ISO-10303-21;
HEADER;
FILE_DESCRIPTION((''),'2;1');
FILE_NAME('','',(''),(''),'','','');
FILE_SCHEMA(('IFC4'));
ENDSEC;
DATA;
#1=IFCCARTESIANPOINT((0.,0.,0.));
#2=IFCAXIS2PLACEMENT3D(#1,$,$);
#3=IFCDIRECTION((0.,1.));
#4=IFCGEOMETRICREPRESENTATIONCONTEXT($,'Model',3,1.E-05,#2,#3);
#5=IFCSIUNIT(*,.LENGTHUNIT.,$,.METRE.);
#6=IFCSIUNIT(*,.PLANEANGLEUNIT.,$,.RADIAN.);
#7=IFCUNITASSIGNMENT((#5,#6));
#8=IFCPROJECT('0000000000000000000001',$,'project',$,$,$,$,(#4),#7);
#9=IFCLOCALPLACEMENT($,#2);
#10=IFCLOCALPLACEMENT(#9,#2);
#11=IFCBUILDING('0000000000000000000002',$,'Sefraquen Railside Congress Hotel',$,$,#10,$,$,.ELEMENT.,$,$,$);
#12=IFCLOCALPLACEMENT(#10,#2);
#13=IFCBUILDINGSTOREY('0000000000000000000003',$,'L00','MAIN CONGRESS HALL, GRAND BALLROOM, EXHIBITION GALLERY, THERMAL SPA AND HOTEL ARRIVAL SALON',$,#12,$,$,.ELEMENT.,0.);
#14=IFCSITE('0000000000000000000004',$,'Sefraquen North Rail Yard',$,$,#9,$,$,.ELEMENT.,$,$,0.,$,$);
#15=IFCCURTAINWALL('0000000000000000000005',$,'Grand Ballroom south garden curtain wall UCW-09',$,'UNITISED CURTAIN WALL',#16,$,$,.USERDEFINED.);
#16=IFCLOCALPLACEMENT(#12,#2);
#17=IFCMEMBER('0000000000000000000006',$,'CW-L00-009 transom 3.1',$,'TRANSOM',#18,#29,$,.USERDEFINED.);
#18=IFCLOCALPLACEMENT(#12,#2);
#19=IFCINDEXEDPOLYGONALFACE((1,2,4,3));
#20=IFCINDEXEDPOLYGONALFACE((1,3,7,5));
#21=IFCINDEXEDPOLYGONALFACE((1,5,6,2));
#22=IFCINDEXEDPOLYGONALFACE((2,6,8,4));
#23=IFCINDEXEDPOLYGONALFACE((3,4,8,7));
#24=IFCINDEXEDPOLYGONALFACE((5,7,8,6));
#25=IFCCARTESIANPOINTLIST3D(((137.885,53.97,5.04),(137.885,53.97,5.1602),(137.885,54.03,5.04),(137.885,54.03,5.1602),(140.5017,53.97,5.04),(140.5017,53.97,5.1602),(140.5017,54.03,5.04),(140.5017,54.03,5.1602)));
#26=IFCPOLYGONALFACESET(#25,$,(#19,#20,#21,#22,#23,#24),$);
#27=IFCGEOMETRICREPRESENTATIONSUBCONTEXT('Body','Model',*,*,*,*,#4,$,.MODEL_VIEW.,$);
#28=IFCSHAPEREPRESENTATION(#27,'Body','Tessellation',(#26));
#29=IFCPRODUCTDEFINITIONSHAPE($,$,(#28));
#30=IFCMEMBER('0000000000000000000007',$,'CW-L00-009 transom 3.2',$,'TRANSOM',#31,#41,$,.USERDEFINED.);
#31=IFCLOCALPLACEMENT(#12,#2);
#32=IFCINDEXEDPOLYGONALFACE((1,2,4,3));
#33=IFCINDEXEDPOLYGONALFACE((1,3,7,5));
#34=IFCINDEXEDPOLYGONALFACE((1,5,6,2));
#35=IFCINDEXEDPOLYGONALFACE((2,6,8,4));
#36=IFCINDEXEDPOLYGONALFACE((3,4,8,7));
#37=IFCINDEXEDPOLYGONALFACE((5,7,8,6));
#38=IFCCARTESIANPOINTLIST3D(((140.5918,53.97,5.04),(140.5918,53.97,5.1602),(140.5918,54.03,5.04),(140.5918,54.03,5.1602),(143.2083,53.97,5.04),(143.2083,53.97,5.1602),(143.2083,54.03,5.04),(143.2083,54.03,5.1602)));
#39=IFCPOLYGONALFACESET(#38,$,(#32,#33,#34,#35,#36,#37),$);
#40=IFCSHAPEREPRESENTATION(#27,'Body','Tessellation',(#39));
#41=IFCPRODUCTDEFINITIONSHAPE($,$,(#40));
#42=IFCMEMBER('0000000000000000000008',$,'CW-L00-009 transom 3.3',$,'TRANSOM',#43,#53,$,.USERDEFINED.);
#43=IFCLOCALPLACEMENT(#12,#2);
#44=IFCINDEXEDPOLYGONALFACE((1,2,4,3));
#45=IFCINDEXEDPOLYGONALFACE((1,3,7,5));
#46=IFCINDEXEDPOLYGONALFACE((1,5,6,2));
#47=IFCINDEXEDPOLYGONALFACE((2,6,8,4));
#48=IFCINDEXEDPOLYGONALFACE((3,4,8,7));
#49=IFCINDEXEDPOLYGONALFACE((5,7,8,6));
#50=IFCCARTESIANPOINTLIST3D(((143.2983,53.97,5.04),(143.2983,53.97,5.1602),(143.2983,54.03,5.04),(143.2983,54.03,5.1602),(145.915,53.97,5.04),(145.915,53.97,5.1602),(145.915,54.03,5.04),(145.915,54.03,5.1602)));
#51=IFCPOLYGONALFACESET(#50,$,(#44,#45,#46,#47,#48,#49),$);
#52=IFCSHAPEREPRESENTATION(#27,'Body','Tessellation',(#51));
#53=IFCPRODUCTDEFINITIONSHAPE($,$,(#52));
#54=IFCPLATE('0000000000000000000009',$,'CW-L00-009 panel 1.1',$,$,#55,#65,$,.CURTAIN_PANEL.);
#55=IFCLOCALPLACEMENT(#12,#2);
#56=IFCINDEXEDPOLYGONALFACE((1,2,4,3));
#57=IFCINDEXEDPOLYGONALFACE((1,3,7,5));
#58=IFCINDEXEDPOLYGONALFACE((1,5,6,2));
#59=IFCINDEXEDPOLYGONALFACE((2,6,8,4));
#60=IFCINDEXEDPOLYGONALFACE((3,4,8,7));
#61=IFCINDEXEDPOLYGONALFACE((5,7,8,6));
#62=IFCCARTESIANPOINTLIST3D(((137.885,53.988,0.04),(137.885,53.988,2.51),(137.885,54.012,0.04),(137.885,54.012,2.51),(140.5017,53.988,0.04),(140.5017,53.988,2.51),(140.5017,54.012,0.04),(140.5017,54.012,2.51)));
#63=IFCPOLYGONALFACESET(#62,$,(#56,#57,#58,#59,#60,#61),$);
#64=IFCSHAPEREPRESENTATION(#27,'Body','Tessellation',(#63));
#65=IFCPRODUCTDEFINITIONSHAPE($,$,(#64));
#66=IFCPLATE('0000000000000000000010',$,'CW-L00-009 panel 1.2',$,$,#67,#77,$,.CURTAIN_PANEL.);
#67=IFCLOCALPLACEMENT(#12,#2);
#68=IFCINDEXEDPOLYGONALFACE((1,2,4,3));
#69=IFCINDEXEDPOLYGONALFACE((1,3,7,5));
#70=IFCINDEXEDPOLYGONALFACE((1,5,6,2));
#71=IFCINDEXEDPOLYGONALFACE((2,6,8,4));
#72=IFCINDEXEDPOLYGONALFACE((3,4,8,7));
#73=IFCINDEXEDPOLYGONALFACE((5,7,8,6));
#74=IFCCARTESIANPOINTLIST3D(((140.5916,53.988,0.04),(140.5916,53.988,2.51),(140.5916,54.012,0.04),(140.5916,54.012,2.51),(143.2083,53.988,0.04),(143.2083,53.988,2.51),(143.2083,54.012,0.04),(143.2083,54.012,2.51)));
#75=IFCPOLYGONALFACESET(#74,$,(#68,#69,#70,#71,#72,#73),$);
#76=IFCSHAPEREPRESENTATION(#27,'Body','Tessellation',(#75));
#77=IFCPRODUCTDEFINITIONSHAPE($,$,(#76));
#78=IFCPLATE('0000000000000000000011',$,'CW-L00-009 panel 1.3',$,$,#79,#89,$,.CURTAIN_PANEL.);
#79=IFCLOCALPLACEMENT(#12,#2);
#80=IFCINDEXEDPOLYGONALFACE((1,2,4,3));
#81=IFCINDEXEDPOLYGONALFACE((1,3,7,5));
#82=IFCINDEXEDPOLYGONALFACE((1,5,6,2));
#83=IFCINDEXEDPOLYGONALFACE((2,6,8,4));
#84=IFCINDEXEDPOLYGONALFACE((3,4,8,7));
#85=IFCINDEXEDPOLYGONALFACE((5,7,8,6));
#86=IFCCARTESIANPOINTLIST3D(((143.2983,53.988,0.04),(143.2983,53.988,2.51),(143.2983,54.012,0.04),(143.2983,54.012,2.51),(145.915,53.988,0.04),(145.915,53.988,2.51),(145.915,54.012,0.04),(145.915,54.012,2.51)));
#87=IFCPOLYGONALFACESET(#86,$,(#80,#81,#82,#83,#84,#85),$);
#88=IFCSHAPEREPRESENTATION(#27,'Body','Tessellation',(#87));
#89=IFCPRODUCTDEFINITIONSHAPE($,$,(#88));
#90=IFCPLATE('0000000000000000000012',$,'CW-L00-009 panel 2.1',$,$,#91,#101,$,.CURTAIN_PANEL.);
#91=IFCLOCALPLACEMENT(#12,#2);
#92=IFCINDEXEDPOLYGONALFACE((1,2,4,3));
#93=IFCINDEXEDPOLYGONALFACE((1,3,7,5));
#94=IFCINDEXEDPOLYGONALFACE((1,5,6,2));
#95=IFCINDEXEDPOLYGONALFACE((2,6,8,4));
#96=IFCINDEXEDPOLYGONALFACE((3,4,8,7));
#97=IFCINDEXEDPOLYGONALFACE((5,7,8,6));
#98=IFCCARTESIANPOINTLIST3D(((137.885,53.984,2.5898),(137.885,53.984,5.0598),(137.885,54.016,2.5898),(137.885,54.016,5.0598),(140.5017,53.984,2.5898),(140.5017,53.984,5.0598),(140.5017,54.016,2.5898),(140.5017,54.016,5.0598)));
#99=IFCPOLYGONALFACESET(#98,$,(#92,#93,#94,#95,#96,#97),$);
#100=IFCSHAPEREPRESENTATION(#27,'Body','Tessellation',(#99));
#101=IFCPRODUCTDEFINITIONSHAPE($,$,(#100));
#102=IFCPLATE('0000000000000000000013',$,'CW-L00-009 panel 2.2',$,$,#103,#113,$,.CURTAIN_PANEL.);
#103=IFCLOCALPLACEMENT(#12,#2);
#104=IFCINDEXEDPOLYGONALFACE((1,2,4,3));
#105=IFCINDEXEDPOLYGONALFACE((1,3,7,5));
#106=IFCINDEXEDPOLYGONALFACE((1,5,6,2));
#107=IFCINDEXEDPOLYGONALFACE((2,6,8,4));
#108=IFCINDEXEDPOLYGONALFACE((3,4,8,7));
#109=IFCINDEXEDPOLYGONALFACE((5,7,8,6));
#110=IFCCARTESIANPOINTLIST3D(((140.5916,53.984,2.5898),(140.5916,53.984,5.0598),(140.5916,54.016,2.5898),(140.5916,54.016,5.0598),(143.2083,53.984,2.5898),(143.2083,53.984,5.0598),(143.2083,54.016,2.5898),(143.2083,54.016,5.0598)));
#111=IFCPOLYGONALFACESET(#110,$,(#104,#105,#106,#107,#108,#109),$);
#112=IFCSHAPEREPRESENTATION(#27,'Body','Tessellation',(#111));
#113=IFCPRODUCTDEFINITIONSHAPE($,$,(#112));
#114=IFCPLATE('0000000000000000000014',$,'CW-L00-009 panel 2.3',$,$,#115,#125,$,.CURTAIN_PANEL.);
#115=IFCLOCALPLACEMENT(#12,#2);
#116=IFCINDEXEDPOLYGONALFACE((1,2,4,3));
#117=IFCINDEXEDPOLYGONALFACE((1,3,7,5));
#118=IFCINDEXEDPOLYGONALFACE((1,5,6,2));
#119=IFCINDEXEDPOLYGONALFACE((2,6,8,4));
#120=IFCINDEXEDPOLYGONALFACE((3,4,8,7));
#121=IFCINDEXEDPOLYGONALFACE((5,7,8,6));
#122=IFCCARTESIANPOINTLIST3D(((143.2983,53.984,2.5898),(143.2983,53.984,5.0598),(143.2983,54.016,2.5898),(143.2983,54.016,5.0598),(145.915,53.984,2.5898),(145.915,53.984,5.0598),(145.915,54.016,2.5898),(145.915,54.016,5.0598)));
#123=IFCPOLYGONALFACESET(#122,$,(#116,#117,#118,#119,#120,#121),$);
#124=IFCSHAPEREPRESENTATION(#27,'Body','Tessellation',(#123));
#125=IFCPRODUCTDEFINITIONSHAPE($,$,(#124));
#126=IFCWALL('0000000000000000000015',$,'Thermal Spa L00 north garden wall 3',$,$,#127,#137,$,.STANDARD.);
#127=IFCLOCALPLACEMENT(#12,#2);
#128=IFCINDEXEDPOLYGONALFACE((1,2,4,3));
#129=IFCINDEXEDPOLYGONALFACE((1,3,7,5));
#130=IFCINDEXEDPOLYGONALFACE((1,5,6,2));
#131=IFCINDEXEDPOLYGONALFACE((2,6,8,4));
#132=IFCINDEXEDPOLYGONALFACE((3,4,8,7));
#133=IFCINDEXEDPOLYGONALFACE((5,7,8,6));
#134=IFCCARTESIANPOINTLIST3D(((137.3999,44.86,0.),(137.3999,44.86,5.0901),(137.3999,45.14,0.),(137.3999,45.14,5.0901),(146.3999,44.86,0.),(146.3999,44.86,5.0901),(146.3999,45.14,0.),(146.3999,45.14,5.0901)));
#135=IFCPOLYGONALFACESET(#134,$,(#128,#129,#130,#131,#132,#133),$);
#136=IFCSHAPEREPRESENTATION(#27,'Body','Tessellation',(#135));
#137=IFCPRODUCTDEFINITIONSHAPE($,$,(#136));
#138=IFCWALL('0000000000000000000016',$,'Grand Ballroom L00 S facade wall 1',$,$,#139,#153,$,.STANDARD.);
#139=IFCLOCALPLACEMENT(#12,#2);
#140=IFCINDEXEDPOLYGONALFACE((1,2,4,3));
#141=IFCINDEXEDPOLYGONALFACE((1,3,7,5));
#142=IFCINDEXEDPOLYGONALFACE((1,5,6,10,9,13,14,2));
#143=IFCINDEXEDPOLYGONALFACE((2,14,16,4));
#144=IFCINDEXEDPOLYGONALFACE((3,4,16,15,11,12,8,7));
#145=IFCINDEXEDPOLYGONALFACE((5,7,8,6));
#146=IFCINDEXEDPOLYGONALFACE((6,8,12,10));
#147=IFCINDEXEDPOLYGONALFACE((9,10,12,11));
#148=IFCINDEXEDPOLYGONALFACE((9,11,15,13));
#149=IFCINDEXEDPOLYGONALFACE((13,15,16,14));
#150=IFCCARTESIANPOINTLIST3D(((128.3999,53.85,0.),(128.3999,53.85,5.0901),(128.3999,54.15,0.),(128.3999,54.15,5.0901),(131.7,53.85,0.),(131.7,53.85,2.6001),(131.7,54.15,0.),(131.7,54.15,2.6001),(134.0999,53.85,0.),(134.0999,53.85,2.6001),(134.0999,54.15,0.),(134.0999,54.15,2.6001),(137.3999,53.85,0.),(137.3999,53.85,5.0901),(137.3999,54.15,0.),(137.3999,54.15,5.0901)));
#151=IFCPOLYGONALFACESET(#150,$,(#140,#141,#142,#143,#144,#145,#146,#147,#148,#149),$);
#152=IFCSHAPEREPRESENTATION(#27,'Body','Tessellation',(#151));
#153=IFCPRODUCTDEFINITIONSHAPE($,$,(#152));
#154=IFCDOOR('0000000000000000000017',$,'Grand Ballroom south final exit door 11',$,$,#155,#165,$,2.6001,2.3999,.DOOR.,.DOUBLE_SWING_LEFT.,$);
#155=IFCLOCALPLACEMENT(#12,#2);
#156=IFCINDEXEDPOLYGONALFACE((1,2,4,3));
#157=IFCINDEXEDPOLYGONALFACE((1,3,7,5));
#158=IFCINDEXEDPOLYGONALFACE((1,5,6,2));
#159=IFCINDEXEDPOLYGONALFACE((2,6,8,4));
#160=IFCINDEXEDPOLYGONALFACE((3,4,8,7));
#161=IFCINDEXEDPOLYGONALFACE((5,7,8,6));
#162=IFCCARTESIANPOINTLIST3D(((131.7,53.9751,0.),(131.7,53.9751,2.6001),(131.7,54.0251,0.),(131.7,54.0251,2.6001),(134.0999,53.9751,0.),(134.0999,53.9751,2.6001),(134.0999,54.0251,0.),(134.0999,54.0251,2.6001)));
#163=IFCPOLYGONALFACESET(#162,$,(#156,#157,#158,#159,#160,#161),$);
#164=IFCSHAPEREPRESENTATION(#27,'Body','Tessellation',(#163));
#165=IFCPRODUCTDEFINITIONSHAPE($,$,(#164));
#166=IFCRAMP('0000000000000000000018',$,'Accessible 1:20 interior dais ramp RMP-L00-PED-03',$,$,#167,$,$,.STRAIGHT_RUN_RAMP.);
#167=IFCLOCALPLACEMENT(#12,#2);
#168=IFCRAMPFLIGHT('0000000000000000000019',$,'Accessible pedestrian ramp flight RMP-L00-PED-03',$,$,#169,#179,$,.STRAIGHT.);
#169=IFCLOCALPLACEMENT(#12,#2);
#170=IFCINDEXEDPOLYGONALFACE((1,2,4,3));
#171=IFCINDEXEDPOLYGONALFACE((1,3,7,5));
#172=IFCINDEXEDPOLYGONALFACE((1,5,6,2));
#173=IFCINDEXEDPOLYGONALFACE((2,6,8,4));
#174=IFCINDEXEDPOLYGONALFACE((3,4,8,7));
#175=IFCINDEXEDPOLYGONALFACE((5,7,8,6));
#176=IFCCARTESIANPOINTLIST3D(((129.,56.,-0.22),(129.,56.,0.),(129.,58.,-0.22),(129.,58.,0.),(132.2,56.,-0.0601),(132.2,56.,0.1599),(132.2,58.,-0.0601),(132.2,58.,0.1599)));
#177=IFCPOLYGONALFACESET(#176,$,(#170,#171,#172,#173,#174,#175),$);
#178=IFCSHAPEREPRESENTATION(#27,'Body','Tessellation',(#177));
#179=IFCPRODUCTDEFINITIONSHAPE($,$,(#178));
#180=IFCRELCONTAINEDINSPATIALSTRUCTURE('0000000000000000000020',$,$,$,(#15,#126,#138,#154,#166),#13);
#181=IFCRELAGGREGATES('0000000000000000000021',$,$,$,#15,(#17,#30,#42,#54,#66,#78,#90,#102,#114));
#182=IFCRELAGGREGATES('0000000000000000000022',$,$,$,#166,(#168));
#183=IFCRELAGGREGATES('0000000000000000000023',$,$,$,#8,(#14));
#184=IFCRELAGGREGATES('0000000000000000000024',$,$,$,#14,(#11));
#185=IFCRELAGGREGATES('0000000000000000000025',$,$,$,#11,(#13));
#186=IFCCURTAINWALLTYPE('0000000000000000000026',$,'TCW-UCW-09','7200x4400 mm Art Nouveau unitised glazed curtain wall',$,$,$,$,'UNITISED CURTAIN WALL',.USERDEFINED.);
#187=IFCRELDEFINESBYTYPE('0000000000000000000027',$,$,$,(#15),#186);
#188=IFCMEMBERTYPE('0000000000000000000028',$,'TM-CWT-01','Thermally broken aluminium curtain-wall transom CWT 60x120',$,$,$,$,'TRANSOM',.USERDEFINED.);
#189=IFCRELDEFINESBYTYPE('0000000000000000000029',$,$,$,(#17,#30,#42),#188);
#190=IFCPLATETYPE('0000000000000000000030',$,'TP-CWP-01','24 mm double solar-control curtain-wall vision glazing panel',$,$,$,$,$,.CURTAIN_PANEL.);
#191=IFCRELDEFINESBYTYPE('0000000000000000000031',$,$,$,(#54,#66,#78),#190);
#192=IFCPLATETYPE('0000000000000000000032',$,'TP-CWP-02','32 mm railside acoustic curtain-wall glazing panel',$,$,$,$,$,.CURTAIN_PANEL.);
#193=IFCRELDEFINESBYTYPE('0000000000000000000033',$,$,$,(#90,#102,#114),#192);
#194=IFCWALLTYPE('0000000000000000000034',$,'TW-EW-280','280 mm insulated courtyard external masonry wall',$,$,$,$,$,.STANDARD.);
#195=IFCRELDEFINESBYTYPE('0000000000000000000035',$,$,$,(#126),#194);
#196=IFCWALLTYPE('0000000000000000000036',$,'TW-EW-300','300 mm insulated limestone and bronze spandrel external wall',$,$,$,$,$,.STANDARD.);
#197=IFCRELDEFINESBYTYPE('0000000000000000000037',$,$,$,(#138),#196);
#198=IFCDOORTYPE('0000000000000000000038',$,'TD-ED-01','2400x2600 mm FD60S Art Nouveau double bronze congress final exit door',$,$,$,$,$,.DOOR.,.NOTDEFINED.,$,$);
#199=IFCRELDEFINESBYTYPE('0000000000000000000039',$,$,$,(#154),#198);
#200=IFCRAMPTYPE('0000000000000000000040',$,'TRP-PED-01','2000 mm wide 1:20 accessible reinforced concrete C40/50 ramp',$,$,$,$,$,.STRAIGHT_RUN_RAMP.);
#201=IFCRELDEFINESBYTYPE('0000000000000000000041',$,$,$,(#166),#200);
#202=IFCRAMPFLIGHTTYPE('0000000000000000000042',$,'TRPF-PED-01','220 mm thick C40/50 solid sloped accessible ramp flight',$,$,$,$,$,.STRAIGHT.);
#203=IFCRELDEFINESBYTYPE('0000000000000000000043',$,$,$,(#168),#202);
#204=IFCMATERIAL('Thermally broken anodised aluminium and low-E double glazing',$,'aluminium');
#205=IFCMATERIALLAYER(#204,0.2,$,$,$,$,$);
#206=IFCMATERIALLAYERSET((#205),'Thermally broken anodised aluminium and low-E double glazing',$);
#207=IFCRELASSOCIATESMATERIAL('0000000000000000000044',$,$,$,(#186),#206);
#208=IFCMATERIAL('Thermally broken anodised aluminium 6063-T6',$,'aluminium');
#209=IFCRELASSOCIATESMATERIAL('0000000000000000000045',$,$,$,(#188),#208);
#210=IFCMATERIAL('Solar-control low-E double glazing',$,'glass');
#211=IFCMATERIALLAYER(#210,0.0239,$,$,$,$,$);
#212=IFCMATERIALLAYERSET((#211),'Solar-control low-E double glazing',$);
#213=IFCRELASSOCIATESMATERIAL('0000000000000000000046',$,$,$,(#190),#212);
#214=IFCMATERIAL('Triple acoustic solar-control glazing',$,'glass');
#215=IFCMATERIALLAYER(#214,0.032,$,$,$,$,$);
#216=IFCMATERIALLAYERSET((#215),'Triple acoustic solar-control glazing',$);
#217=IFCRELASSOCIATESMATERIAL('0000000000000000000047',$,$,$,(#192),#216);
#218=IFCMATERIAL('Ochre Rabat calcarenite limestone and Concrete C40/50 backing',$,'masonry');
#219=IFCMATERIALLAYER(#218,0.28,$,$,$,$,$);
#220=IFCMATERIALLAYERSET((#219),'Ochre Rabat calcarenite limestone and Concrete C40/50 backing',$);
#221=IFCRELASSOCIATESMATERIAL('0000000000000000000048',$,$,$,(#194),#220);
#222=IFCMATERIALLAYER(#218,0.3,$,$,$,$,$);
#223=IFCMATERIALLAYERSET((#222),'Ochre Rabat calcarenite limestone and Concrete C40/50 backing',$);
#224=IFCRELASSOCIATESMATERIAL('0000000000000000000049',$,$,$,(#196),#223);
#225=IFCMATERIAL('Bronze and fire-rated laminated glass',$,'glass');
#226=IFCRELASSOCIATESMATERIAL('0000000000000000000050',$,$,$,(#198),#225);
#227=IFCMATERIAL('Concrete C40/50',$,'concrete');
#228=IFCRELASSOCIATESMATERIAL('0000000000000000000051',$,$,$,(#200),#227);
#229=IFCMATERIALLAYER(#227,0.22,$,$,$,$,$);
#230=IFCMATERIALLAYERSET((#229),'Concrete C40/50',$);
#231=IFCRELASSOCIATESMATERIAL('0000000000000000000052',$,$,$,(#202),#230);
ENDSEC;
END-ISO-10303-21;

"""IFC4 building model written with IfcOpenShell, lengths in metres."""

from ifc_helpers import new_model, si_unit, direction, frame, frame_2d, origin, origin_2d, place, context, subcontext, project, spatial, polyline, rectangle, outline, extrude, material, layer, layer_set, material_profile, profile_set, type_object, element, fill, aggregate, save


model = new_model("IFC4")

# Units and contexts
model_context = context("Model", 3, precision=1e-05, world=origin(), true_north=direction((0.0, 1.0)))
body_context = subcontext(model_context, "Body", "Model", "MODEL_VIEW")
ifc_project = project(units=[si_unit("LENGTHUNIT", "METRE"), si_unit("PLANEANGLEUNIT", "RADIAN")], contexts=[model_context])

# Site, building, storey
site_placement = place(None, origin())
site = spatial("IfcSite", under=ifc_project, at=site_placement, Name="Sefraquen North Rail Yard", CompositionType="ELEMENT", RefElevation=0.0)
building_placement = place(site_placement, origin())
building = spatial("IfcBuilding", under=site, at=building_placement, Name="Sefraquen Railside Congress Hotel", CompositionType="ELEMENT")
storey_placement = place(building_placement, origin())
storey = spatial("IfcBuildingStorey", under=building, at=storey_placement, Name="L00", Description="MAIN CONGRESS HALL, GRAND BALLROOM, EXHIBITION GALLERY, THERMAL SPA AND HOTEL ARRIVAL SALON", CompositionType="ELEMENT", Elevation=0.0)

# Curtain wall, members, plates
ifc_material_1 = material(Name="Thermally broken anodised aluminium and low-E double glazing", Category="aluminium")
ifc_layer_1 = layer(ifc_material_1, 0.2)
ifc_layer_set_1 = layer_set([ifc_layer_1], Name="Thermally broken anodised aluminium and low-E double glazing")
curtain_wall_type = type_object("IfcCurtainWallType", Name="TCW-UCW-09", Description="7200x4400 mm Art Nouveau unitised glazed curtain wall", ElementType="UNITISED CURTAIN WALL", PredefinedType="USERDEFINED", material=ifc_layer_set_1)
curtain_wall_placement = place(storey_placement, origin())
curtain_wall = element("IfcCurtainWall", 1, at=curtain_wall_placement, inside=storey, type_object=curtain_wall_type, Name="Grand Ballroom south garden curtain wall UCW-09", ObjectType="UNITISED CURTAIN WALL", PredefinedType="USERDEFINED")
ifc_material_2 = material(Name="Thermally broken anodised aluminium 6063-T6", Category="aluminium")
ifc_material_profile_1 = material_profile(ifc_material_2, rectangle(XDim=0.0601, YDim=0.1201, at=origin_2d()), Name="CWT 60x120")
ifc_profile_set_1 = profile_set([ifc_material_profile_1], Name="Thermally broken anodised aluminium 6063-T6")
member_type_1 = type_object("IfcMemberType", Name="TM-CWT-01", Description="Thermally broken aluminium curtain-wall transom CWT 60x120", ElementType="TRANSOM", PredefinedType="USERDEFINED", material=ifc_profile_set_1)
member_1_placement = place(storey_placement, frame((137.885, 54.0, 5.1001), z_axis=(1.0, 0.0, 0.0), x_axis=(0.0, 1.0, 0.0)))
member_1 = element("IfcMember", 2, at=member_1_placement, type_object=member_type_1, Name="CW-L00-009 transom 3.1", ObjectType="TRANSOM", PredefinedType="USERDEFINED", context=body_context, shape_type="SweptSolid", body=[
    extrude(rectangle(XDim=0.0601, YDim=0.1201, at=origin_2d()), origin(), (0.0, 0.0, 1.0), 2.6167),
])
member_2_placement = place(storey_placement, frame((140.5918, 54.0, 5.1001), z_axis=(1.0, 0.0, 0.0), x_axis=(0.0, 1.0, 0.0)))
member_2 = element("IfcMember", 3, at=member_2_placement, type_object=member_type_1, Name="CW-L00-009 transom 3.2", ObjectType="TRANSOM", PredefinedType="USERDEFINED", context=body_context, shape_type="SweptSolid", body=[
    extrude(rectangle(XDim=0.0601, YDim=0.1201, at=origin_2d()), origin(), (0.0, 0.0, 1.0), 2.6165),
])
member_3_placement = place(storey_placement, frame((143.2983, 54.0, 5.1001), z_axis=(1.0, 0.0, 0.0), x_axis=(0.0, 1.0, 0.0)))
member_3 = element("IfcMember", 4, at=member_3_placement, type_object=member_type_1, Name="CW-L00-009 transom 3.3", ObjectType="TRANSOM", PredefinedType="USERDEFINED", context=body_context, shape_type="SweptSolid", body=[
    extrude(rectangle(XDim=0.0601, YDim=0.1201, at=origin_2d()), origin(), (0.0, 0.0, 1.0), 2.6167),
])
ifc_material_3 = material(Name="Solar-control low-E double glazing", Category="glass")
ifc_layer_2 = layer(ifc_material_3, 0.0239)
ifc_layer_set_2 = layer_set([ifc_layer_2], Name="Solar-control low-E double glazing")
plate_type_1 = type_object("IfcPlateType", Name="TP-CWP-01", Description="24 mm double solar-control curtain-wall vision glazing panel", PredefinedType="CURTAIN_PANEL", material=ifc_layer_set_2)
plate_1_placement = place(storey_placement, frame((139.1934, 54.0, 0.04), z_axis=(0.0, 0.0, 1.0), x_axis=(1.0, 0.0, 0.0)))
plate_1 = element("IfcPlate", 5, at=plate_1_placement, type_object=plate_type_1, Name="CW-L00-009 panel 1.1", PredefinedType="CURTAIN_PANEL", context=body_context, shape_type="SweptSolid", body=[
    extrude(rectangle(XDim=2.6167, YDim=0.0239, at=origin_2d()), origin(), (0.0, 0.0, 1.0), 2.47),
])
plate_2_placement = place(storey_placement, frame((141.8999, 54.0, 0.04), z_axis=(0.0, 0.0, 1.0), x_axis=(1.0, 0.0, 0.0)))
plate_2 = element("IfcPlate", 6, at=plate_2_placement, type_object=plate_type_1, Name="CW-L00-009 panel 1.2", PredefinedType="CURTAIN_PANEL", context=body_context, shape_type="SweptSolid", body=[
    extrude(rectangle(XDim=2.6167, YDim=0.0239, at=origin_2d()), origin(), (0.0, 0.0, 1.0), 2.47),
])
plate_3_placement = place(storey_placement, frame((144.6067, 54.0, 0.04), z_axis=(0.0, 0.0, 1.0), x_axis=(1.0, 0.0, 0.0)))
plate_3 = element("IfcPlate", 7, at=plate_3_placement, type_object=plate_type_1, Name="CW-L00-009 panel 1.3", PredefinedType="CURTAIN_PANEL", context=body_context, shape_type="SweptSolid", body=[
    extrude(rectangle(XDim=2.6167, YDim=0.0239, at=origin_2d()), origin(), (0.0, 0.0, 1.0), 2.47),
])
ifc_material_4 = material(Name="Triple acoustic solar-control glazing", Category="glass")
ifc_layer_3 = layer(ifc_material_4, 0.032)
ifc_layer_set_3 = layer_set([ifc_layer_3], Name="Triple acoustic solar-control glazing")
plate_type_2 = type_object("IfcPlateType", Name="TP-CWP-02", Description="32 mm railside acoustic curtain-wall glazing panel", PredefinedType="CURTAIN_PANEL", material=ifc_layer_set_3)
plate_4_placement = place(storey_placement, frame((139.1934, 54.0, 2.5898), z_axis=(0.0, 0.0, 1.0), x_axis=(1.0, 0.0, 0.0)))
plate_4 = element("IfcPlate", 8, at=plate_4_placement, type_object=plate_type_2, Name="CW-L00-009 panel 2.1", PredefinedType="CURTAIN_PANEL", context=body_context, shape_type="SweptSolid", body=[
    extrude(rectangle(XDim=2.6167, YDim=0.032, at=origin_2d()), origin(), (0.0, 0.0, 1.0), 2.47),
])
plate_5_placement = place(storey_placement, frame((141.8999, 54.0, 2.5898), z_axis=(0.0, 0.0, 1.0), x_axis=(1.0, 0.0, 0.0)))
plate_5 = element("IfcPlate", 9, at=plate_5_placement, type_object=plate_type_2, Name="CW-L00-009 panel 2.2", PredefinedType="CURTAIN_PANEL", context=body_context, shape_type="SweptSolid", body=[
    extrude(rectangle(XDim=2.6167, YDim=0.032, at=origin_2d()), origin(), (0.0, 0.0, 1.0), 2.47),
])
plate_6_placement = place(storey_placement, frame((144.6067, 54.0, 2.5898), z_axis=(0.0, 0.0, 1.0), x_axis=(1.0, 0.0, 0.0)))
plate_6 = element("IfcPlate", 10, at=plate_6_placement, type_object=plate_type_2, Name="CW-L00-009 panel 2.3", PredefinedType="CURTAIN_PANEL", context=body_context, shape_type="SweptSolid", body=[
    extrude(rectangle(XDim=2.6167, YDim=0.032, at=origin_2d()), origin(), (0.0, 0.0, 1.0), 2.47),
])
aggregate(curtain_wall, [member_1, member_2, member_3, plate_1, plate_2, plate_3, plate_4, plate_5, plate_6])

# Wall
ifc_material_5 = material(Name="Ochre Rabat calcarenite limestone and Concrete C40/50 backing", Category="masonry")
ifc_layer_4 = layer(ifc_material_5, 0.28)
ifc_layer_set_4 = layer_set([ifc_layer_4], Name="Ochre Rabat calcarenite limestone and Concrete C40/50 backing")
wall_type_1 = type_object("IfcWallType", Name="TW-EW-280", Description="280 mm insulated courtyard external masonry wall", PredefinedType="STANDARD", material=ifc_layer_set_4)
wall_1_placement = place(storey_placement, frame((137.3999, 45.0, 0.0), z_axis=(0.0, 0.0, 1.0), x_axis=(1.0, 0.0, 0.0)))
element("IfcWall", 11, at=wall_1_placement, inside=storey, type_object=wall_type_1, Name="Thermal Spa L00 north garden wall 3", PredefinedType="STANDARD", context=body_context, shape_type="SweptSolid", body=[
    extrude(rectangle(XDim=9.0, YDim=0.28, at=frame_2d((4.5, 0.0))), origin(), (0.0, 0.0, 1.0), 5.0901),
])

# Wall, opening, door
ifc_layer_5 = layer(ifc_material_5, 0.3)
ifc_layer_set_5 = layer_set([ifc_layer_5], Name="Ochre Rabat calcarenite limestone and Concrete C40/50 backing")
wall_type_2 = type_object("IfcWallType", Name="TW-EW-300", Description="300 mm insulated limestone and bronze spandrel external wall", PredefinedType="STANDARD", material=ifc_layer_set_5)
wall_2_placement = place(storey_placement, frame((128.3999, 54.0, 0.0), z_axis=(0.0, 0.0, 1.0), x_axis=(1.0, 0.0, 0.0)))
wall_2 = element("IfcWall", 12, at=wall_2_placement, inside=storey, type_object=wall_type_2, Name="Grand Ballroom L00 S facade wall 1", PredefinedType="STANDARD", context=body_context, shape_type="SweptSolid", body=[
    extrude(rectangle(XDim=9.0, YDim=0.3, at=frame_2d((4.5, 0.0))), origin(), (0.0, 0.0, 1.0), 5.0901),
])
opening_placement = place(wall_2_placement, frame((3.3, 0.0, 0.0)))
opening = element("IfcOpeningElement", 13, at=opening_placement, cuts=wall_2, PredefinedType="OPENING", context=body_context, shape_type="SweptSolid", body=[
    extrude(rectangle(XDim=2.3999, YDim=2.6001, at=frame_2d((1.2, 1.3))), frame((0.0, 0.1599, 0.0), z_axis=(0.0, -1.0, 0.0), x_axis=(1.0, 0.0, 0.0)), (0.0, 0.0, 1.0), 0.3201),
])
ifc_material_6 = material(Name="Bronze and fire-rated laminated glass", Category="glass")
door_type = type_object("IfcDoorType", Name="TD-ED-01", Description="2400x2600 mm FD60S Art Nouveau double bronze congress final exit door", OperationType="NOTDEFINED", PredefinedType="DOOR", material=ifc_material_6)
door_placement = place(opening_placement, frame((2.3999, 0.0, 0.0), z_axis=(0.0, 0.0, 1.0), x_axis=(-1.0, 0.0, 0.0)))
door = element("IfcDoor", 14, at=door_placement, inside=storey, type_object=door_type, Name="Grand Ballroom south final exit door 11", OperationType="DOUBLE_SWING_LEFT", OverallHeight=2.6001, OverallWidth=2.3999, PredefinedType="DOOR", context=body_context, shape_type="SweptSolid", body=[
    extrude(rectangle(XDim=2.3999, YDim=2.6001, at=frame_2d((1.2, 1.3))), frame((0.0, 0.0249, 0.0), z_axis=(0.0, -1.0, 0.0), x_axis=(1.0, 0.0, 0.0)), (0.0, 0.0, 1.0), 0.05),
])
fill(opening, door)

# Ramp, ramp flight
ifc_material_7 = material(Name="Concrete C40/50", Category="concrete")
ramp_type = type_object("IfcRampType", Name="TRP-PED-01", Description="2000 mm wide 1:20 accessible reinforced concrete C40/50 ramp", PredefinedType="STRAIGHT_RUN_RAMP", material=ifc_material_7)
ramp_placement = place(storey_placement, origin())
ramp = element("IfcRamp", 15, at=ramp_placement, inside=storey, type_object=ramp_type, Name="Accessible 1:20 interior dais ramp RMP-L00-PED-03", PredefinedType="STRAIGHT_RUN_RAMP")
ifc_layer_6 = layer(ifc_material_7, 0.22)
ifc_layer_set_6 = layer_set([ifc_layer_6], Name="Concrete C40/50")
ramp_flight_type = type_object("IfcRampFlightType", Name="TRPF-PED-01", Description="220 mm thick C40/50 solid sloped accessible ramp flight", PredefinedType="STRAIGHT", material=ifc_layer_set_6)
ramp_flight_placement = place(storey_placement, frame((129.0, 57.0, 0.0), z_axis=(0.0, 0.0, 1.0), x_axis=(1.0, 0.0, 0.0)))
ramp_flight = element("IfcRampFlight", 16, at=ramp_flight_placement, type_object=ramp_flight_type, Name="Accessible pedestrian ramp flight RMP-L00-PED-03", PredefinedType="STRAIGHT", context=body_context, shape_type="SweptSolid", body=[
    extrude(outline(polyline([(0.0, 0.0), (0.0, -0.22), (3.2, -0.0601), (3.2, 0.1599), (0.0, 0.0)])), frame((0.0, 1.0, 0.0), z_axis=(0.0, -1.0, 0.0), x_axis=(1.0, 0.0, 0.0)), (0.0, 0.0, 1.0), 2.0),
])
aggregate(ramp, [ramp_flight])

save(model, "model.ifc")
